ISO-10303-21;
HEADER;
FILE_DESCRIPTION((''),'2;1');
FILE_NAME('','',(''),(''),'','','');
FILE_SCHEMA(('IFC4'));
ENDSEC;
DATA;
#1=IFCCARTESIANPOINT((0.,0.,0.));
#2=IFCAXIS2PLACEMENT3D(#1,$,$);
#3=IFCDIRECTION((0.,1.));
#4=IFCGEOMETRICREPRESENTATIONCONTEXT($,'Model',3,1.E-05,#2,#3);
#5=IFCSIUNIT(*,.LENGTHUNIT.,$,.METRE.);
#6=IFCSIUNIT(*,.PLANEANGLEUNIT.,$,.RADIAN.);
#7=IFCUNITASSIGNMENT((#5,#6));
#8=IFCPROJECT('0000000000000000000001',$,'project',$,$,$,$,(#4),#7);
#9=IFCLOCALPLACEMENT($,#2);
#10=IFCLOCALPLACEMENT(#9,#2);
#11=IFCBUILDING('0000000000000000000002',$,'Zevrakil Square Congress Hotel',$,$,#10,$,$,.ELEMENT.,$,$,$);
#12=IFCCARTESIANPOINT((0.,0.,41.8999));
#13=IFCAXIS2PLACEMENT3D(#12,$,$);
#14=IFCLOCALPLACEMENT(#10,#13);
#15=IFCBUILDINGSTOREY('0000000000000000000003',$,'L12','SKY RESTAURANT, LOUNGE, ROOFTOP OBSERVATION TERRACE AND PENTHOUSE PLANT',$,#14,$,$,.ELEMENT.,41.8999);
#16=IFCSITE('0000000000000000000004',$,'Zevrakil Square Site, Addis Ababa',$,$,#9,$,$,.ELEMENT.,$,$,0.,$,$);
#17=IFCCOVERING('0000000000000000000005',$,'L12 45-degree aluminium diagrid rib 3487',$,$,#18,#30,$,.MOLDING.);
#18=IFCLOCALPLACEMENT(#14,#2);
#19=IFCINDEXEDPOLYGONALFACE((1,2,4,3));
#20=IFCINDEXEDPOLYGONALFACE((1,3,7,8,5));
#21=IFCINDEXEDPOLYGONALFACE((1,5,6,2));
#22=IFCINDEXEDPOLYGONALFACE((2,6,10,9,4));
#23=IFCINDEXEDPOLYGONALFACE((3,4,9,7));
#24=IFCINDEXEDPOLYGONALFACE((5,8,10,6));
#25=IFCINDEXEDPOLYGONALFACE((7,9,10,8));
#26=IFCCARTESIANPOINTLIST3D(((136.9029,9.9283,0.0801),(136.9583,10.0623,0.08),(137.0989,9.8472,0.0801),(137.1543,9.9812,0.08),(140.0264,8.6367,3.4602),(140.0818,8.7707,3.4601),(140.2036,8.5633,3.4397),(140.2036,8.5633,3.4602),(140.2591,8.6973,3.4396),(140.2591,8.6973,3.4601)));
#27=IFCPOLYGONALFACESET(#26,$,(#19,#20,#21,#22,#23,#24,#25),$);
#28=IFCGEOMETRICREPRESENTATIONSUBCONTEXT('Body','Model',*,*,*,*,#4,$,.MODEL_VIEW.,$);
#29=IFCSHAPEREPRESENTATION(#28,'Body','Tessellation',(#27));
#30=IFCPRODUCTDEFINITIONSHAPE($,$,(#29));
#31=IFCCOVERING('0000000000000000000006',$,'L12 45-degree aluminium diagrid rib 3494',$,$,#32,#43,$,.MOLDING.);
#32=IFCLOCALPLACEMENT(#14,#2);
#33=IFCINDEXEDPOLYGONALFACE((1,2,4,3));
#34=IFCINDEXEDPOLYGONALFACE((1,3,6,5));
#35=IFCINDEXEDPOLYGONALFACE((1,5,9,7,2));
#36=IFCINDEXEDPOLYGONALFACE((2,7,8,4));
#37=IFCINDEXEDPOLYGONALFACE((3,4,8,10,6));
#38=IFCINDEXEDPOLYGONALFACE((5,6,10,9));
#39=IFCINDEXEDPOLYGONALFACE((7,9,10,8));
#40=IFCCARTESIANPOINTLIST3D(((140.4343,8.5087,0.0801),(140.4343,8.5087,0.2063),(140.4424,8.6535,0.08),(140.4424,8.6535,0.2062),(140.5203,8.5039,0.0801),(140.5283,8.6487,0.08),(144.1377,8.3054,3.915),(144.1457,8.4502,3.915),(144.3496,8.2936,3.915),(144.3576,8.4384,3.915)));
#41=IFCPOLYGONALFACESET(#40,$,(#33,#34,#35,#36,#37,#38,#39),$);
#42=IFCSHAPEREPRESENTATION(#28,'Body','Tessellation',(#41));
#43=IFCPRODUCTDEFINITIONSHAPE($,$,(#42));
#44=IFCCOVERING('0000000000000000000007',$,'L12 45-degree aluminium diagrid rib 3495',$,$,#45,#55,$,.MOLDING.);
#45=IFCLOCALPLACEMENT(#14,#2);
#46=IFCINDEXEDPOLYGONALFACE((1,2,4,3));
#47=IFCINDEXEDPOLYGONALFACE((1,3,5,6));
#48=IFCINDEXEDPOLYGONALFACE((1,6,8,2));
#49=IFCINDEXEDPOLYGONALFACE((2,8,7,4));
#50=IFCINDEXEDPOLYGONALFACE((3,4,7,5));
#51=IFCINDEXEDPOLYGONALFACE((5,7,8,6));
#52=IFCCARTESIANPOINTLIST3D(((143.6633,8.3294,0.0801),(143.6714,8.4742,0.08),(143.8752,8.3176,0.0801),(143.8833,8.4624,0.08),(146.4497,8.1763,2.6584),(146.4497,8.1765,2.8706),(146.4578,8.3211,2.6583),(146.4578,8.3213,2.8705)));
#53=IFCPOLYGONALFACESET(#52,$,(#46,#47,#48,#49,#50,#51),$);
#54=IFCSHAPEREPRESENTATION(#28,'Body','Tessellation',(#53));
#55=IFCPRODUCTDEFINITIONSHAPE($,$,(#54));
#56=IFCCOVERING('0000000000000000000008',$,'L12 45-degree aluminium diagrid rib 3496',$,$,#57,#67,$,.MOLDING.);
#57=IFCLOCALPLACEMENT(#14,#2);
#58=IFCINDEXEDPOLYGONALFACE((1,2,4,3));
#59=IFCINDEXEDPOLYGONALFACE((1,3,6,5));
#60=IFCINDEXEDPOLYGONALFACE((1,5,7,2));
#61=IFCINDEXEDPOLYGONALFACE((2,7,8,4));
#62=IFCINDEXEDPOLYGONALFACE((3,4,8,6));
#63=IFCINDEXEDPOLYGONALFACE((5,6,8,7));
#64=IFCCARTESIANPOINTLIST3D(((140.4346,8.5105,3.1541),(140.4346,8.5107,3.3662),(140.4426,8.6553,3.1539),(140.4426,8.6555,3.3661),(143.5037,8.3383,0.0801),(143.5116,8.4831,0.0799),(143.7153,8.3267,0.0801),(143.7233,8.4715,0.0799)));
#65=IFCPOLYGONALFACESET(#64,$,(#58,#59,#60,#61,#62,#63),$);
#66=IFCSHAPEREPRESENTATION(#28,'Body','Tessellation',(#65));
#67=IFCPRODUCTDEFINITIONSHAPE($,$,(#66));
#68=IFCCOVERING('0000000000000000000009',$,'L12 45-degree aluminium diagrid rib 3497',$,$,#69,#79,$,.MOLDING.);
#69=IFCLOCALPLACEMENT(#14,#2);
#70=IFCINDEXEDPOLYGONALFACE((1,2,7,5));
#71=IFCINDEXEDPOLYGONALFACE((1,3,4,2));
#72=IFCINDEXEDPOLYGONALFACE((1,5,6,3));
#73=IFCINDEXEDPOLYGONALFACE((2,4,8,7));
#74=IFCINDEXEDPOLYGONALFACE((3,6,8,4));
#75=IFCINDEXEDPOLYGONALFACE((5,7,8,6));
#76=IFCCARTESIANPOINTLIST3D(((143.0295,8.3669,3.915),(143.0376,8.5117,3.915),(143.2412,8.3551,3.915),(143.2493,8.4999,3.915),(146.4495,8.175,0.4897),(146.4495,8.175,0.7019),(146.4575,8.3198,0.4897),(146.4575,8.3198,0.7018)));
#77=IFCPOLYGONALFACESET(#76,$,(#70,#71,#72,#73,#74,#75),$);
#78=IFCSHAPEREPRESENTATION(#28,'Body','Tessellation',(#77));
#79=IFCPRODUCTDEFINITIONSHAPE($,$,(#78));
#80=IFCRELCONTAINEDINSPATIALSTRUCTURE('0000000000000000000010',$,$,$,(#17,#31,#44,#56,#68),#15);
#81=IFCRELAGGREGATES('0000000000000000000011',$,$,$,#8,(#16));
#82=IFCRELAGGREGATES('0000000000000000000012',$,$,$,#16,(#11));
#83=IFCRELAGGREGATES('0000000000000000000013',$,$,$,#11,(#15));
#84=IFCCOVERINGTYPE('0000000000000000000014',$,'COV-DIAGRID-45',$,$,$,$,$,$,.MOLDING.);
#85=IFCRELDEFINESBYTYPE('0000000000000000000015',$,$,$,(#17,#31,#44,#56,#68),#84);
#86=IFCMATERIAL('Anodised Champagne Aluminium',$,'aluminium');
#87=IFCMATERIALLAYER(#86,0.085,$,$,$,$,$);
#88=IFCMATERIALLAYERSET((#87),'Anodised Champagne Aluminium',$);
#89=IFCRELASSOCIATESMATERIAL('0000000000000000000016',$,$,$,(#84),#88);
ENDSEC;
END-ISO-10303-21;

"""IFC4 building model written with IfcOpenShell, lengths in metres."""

from ifc_helpers import new_model, si_unit, direction, frame, origin, place, context, subcontext, project, spatial, polyline, outline, extrude, material, layer, layer_set, type_object, element, save


model = new_model("IFC4")

# Units and contexts
model_context = context("Model", 3, precision=1e-05, world=origin(), true_north=direction((0.0, 1.0)))
body_context = subcontext(model_context, "Body", "Model", "MODEL_VIEW")
ifc_project = project(units=[si_unit("LENGTHUNIT", "METRE"), si_unit("PLANEANGLEUNIT", "RADIAN")], contexts=[model_context])

# Site, building, storey
site_placement = place(None, origin())
site = spatial("IfcSite", under=ifc_project, at=site_placement, Name="Zevrakil Square Site, Addis Ababa", CompositionType="ELEMENT", RefElevation=0.0)
building_placement = place(site_placement, origin())
building = spatial("IfcBuilding", under=site, at=building_placement, Name="Zevrakil Square Congress Hotel", CompositionType="ELEMENT")
storey_placement = place(building_placement, frame((0.0, 0.0, 41.8999)))
storey = spatial("IfcBuildingStorey", under=building, at=storey_placement, Name="L12", Description="SKY RESTAURANT, LOUNGE, ROOFTOP OBSERVATION TERRACE AND PENTHOUSE PLANT", CompositionType="ELEMENT", Elevation=41.8999)

# Coverings
ifc_material_1 = material(Name="Anodised Champagne Aluminium", Category="aluminium")
ifc_layer_1 = layer(ifc_material_1, 0.085)
ifc_layer_set_1 = layer_set([ifc_layer_1], Name="Anodised Champagne Aluminium")
covering_type_1 = type_object("IfcCoveringType", Name="COV-DIAGRID-45", PredefinedType="MOLDING", material=ifc_layer_set_1)
covering_1_placement = place(storey_placement, frame((137.0989, 9.8472, 0.0801), z_axis=(-0.382495, -0.923958, 0.000396), x_axis=(-0.923958, 0.382495, 0.0)))
element("IfcCovering", 1, at=covering_1_placement, inside=storey, type_object=covering_type_1, Name="L12 45-degree aluminium diagrid rib 3487", PredefinedType="MOLDING", context=body_context, shape_type="SweptSolid", body=[
    extrude(outline(polyline([(0.0, 0.0), (0.2121, 0.0), (-3.1679, -3.3801), (-3.3597, -3.3801), (-3.3597, -3.3596), (0.0, 0.0)])), origin(), (0.0, 0.0, -1.0), 0.145),
])
covering_2_placement = place(storey_placement, frame((140.5203, 8.5039, 0.0801), z_axis=(-0.055413, -0.998463, 0.00058), x_axis=(-0.998463, 0.055413, 0.000001)))
element("IfcCovering", 2, at=covering_2_placement, inside=storey, type_object=covering_type_1, Name="L12 45-degree aluminium diagrid rib 3494", PredefinedType="MOLDING", context=body_context, shape_type="SweptSolid", body=[
    extrude(outline(polyline([(0.0, 0.0), (0.0861, 0.0), (0.0861, -0.1262), (-3.6229, -3.835), (-3.8351, -3.835), (0.0, 0.0)])), origin(), (0.0, 0.0, -1.0), 0.145),
])
covering_3_placement = place(storey_placement, frame((143.8752, 8.3176, 0.0801), z_axis=(-0.055579, -0.998454, 0.000785), x_axis=(-0.998454, 0.055579, 0.0)))
element("IfcCovering", 3, at=covering_3_placement, inside=storey, type_object=covering_type_1, Name="L12 45-degree aluminium diagrid rib 3495", PredefinedType="MOLDING", context=body_context, shape_type="SweptSolid", body=[
    extrude(outline(polyline([(0.0, 0.0), (0.2122, 0.0), (-2.5783, -2.7905), (-2.5783, -2.5784), (0.0, 0.0)])), origin(), (0.0, 0.0, -1.0), 0.145),
])
covering_4_placement = place(storey_placement, frame((140.4346, 8.5105, 3.1541), z_axis=(-0.05507, -0.998482, 0.00094), x_axis=(-0.000012, 0.000942, 1.0)))
element("IfcCovering", 4, at=covering_4_placement, inside=storey, type_object=covering_type_1, Name="L12 45-degree aluminium diagrid rib 3496", PredefinedType="MOLDING", context=body_context, shape_type="SweptSolid", body=[
    extrude(outline(polyline([(0.0, 0.0), (0.2122, 0.0), (-3.0742, -3.2857), (-3.0742, -3.0737), (0.0, 0.0)])), origin(), (0.0, 0.0, -1.0), 0.145),
])
covering_5_placement = place(storey_placement, frame((143.0295, 8.3669, 3.915), z_axis=(-0.055663, -0.99845, 0.000384), x_axis=(0.99845, -0.055663, 0.0)))
element("IfcCovering", 5, at=covering_5_placement, inside=storey, type_object=covering_type_1, Name="L12 45-degree aluminium diagrid rib 3497", PredefinedType="MOLDING", context=body_context, shape_type="SweptSolid", body=[
    extrude(outline(polyline([(0.0, 0.0), (0.212, 0.0), (3.4253, -3.2131), (3.4253, -3.4253), (0.0, 0.0)])), origin(), (0.0, 0.0, -1.0), 0.145),
])

save(model, "model.ifc")
